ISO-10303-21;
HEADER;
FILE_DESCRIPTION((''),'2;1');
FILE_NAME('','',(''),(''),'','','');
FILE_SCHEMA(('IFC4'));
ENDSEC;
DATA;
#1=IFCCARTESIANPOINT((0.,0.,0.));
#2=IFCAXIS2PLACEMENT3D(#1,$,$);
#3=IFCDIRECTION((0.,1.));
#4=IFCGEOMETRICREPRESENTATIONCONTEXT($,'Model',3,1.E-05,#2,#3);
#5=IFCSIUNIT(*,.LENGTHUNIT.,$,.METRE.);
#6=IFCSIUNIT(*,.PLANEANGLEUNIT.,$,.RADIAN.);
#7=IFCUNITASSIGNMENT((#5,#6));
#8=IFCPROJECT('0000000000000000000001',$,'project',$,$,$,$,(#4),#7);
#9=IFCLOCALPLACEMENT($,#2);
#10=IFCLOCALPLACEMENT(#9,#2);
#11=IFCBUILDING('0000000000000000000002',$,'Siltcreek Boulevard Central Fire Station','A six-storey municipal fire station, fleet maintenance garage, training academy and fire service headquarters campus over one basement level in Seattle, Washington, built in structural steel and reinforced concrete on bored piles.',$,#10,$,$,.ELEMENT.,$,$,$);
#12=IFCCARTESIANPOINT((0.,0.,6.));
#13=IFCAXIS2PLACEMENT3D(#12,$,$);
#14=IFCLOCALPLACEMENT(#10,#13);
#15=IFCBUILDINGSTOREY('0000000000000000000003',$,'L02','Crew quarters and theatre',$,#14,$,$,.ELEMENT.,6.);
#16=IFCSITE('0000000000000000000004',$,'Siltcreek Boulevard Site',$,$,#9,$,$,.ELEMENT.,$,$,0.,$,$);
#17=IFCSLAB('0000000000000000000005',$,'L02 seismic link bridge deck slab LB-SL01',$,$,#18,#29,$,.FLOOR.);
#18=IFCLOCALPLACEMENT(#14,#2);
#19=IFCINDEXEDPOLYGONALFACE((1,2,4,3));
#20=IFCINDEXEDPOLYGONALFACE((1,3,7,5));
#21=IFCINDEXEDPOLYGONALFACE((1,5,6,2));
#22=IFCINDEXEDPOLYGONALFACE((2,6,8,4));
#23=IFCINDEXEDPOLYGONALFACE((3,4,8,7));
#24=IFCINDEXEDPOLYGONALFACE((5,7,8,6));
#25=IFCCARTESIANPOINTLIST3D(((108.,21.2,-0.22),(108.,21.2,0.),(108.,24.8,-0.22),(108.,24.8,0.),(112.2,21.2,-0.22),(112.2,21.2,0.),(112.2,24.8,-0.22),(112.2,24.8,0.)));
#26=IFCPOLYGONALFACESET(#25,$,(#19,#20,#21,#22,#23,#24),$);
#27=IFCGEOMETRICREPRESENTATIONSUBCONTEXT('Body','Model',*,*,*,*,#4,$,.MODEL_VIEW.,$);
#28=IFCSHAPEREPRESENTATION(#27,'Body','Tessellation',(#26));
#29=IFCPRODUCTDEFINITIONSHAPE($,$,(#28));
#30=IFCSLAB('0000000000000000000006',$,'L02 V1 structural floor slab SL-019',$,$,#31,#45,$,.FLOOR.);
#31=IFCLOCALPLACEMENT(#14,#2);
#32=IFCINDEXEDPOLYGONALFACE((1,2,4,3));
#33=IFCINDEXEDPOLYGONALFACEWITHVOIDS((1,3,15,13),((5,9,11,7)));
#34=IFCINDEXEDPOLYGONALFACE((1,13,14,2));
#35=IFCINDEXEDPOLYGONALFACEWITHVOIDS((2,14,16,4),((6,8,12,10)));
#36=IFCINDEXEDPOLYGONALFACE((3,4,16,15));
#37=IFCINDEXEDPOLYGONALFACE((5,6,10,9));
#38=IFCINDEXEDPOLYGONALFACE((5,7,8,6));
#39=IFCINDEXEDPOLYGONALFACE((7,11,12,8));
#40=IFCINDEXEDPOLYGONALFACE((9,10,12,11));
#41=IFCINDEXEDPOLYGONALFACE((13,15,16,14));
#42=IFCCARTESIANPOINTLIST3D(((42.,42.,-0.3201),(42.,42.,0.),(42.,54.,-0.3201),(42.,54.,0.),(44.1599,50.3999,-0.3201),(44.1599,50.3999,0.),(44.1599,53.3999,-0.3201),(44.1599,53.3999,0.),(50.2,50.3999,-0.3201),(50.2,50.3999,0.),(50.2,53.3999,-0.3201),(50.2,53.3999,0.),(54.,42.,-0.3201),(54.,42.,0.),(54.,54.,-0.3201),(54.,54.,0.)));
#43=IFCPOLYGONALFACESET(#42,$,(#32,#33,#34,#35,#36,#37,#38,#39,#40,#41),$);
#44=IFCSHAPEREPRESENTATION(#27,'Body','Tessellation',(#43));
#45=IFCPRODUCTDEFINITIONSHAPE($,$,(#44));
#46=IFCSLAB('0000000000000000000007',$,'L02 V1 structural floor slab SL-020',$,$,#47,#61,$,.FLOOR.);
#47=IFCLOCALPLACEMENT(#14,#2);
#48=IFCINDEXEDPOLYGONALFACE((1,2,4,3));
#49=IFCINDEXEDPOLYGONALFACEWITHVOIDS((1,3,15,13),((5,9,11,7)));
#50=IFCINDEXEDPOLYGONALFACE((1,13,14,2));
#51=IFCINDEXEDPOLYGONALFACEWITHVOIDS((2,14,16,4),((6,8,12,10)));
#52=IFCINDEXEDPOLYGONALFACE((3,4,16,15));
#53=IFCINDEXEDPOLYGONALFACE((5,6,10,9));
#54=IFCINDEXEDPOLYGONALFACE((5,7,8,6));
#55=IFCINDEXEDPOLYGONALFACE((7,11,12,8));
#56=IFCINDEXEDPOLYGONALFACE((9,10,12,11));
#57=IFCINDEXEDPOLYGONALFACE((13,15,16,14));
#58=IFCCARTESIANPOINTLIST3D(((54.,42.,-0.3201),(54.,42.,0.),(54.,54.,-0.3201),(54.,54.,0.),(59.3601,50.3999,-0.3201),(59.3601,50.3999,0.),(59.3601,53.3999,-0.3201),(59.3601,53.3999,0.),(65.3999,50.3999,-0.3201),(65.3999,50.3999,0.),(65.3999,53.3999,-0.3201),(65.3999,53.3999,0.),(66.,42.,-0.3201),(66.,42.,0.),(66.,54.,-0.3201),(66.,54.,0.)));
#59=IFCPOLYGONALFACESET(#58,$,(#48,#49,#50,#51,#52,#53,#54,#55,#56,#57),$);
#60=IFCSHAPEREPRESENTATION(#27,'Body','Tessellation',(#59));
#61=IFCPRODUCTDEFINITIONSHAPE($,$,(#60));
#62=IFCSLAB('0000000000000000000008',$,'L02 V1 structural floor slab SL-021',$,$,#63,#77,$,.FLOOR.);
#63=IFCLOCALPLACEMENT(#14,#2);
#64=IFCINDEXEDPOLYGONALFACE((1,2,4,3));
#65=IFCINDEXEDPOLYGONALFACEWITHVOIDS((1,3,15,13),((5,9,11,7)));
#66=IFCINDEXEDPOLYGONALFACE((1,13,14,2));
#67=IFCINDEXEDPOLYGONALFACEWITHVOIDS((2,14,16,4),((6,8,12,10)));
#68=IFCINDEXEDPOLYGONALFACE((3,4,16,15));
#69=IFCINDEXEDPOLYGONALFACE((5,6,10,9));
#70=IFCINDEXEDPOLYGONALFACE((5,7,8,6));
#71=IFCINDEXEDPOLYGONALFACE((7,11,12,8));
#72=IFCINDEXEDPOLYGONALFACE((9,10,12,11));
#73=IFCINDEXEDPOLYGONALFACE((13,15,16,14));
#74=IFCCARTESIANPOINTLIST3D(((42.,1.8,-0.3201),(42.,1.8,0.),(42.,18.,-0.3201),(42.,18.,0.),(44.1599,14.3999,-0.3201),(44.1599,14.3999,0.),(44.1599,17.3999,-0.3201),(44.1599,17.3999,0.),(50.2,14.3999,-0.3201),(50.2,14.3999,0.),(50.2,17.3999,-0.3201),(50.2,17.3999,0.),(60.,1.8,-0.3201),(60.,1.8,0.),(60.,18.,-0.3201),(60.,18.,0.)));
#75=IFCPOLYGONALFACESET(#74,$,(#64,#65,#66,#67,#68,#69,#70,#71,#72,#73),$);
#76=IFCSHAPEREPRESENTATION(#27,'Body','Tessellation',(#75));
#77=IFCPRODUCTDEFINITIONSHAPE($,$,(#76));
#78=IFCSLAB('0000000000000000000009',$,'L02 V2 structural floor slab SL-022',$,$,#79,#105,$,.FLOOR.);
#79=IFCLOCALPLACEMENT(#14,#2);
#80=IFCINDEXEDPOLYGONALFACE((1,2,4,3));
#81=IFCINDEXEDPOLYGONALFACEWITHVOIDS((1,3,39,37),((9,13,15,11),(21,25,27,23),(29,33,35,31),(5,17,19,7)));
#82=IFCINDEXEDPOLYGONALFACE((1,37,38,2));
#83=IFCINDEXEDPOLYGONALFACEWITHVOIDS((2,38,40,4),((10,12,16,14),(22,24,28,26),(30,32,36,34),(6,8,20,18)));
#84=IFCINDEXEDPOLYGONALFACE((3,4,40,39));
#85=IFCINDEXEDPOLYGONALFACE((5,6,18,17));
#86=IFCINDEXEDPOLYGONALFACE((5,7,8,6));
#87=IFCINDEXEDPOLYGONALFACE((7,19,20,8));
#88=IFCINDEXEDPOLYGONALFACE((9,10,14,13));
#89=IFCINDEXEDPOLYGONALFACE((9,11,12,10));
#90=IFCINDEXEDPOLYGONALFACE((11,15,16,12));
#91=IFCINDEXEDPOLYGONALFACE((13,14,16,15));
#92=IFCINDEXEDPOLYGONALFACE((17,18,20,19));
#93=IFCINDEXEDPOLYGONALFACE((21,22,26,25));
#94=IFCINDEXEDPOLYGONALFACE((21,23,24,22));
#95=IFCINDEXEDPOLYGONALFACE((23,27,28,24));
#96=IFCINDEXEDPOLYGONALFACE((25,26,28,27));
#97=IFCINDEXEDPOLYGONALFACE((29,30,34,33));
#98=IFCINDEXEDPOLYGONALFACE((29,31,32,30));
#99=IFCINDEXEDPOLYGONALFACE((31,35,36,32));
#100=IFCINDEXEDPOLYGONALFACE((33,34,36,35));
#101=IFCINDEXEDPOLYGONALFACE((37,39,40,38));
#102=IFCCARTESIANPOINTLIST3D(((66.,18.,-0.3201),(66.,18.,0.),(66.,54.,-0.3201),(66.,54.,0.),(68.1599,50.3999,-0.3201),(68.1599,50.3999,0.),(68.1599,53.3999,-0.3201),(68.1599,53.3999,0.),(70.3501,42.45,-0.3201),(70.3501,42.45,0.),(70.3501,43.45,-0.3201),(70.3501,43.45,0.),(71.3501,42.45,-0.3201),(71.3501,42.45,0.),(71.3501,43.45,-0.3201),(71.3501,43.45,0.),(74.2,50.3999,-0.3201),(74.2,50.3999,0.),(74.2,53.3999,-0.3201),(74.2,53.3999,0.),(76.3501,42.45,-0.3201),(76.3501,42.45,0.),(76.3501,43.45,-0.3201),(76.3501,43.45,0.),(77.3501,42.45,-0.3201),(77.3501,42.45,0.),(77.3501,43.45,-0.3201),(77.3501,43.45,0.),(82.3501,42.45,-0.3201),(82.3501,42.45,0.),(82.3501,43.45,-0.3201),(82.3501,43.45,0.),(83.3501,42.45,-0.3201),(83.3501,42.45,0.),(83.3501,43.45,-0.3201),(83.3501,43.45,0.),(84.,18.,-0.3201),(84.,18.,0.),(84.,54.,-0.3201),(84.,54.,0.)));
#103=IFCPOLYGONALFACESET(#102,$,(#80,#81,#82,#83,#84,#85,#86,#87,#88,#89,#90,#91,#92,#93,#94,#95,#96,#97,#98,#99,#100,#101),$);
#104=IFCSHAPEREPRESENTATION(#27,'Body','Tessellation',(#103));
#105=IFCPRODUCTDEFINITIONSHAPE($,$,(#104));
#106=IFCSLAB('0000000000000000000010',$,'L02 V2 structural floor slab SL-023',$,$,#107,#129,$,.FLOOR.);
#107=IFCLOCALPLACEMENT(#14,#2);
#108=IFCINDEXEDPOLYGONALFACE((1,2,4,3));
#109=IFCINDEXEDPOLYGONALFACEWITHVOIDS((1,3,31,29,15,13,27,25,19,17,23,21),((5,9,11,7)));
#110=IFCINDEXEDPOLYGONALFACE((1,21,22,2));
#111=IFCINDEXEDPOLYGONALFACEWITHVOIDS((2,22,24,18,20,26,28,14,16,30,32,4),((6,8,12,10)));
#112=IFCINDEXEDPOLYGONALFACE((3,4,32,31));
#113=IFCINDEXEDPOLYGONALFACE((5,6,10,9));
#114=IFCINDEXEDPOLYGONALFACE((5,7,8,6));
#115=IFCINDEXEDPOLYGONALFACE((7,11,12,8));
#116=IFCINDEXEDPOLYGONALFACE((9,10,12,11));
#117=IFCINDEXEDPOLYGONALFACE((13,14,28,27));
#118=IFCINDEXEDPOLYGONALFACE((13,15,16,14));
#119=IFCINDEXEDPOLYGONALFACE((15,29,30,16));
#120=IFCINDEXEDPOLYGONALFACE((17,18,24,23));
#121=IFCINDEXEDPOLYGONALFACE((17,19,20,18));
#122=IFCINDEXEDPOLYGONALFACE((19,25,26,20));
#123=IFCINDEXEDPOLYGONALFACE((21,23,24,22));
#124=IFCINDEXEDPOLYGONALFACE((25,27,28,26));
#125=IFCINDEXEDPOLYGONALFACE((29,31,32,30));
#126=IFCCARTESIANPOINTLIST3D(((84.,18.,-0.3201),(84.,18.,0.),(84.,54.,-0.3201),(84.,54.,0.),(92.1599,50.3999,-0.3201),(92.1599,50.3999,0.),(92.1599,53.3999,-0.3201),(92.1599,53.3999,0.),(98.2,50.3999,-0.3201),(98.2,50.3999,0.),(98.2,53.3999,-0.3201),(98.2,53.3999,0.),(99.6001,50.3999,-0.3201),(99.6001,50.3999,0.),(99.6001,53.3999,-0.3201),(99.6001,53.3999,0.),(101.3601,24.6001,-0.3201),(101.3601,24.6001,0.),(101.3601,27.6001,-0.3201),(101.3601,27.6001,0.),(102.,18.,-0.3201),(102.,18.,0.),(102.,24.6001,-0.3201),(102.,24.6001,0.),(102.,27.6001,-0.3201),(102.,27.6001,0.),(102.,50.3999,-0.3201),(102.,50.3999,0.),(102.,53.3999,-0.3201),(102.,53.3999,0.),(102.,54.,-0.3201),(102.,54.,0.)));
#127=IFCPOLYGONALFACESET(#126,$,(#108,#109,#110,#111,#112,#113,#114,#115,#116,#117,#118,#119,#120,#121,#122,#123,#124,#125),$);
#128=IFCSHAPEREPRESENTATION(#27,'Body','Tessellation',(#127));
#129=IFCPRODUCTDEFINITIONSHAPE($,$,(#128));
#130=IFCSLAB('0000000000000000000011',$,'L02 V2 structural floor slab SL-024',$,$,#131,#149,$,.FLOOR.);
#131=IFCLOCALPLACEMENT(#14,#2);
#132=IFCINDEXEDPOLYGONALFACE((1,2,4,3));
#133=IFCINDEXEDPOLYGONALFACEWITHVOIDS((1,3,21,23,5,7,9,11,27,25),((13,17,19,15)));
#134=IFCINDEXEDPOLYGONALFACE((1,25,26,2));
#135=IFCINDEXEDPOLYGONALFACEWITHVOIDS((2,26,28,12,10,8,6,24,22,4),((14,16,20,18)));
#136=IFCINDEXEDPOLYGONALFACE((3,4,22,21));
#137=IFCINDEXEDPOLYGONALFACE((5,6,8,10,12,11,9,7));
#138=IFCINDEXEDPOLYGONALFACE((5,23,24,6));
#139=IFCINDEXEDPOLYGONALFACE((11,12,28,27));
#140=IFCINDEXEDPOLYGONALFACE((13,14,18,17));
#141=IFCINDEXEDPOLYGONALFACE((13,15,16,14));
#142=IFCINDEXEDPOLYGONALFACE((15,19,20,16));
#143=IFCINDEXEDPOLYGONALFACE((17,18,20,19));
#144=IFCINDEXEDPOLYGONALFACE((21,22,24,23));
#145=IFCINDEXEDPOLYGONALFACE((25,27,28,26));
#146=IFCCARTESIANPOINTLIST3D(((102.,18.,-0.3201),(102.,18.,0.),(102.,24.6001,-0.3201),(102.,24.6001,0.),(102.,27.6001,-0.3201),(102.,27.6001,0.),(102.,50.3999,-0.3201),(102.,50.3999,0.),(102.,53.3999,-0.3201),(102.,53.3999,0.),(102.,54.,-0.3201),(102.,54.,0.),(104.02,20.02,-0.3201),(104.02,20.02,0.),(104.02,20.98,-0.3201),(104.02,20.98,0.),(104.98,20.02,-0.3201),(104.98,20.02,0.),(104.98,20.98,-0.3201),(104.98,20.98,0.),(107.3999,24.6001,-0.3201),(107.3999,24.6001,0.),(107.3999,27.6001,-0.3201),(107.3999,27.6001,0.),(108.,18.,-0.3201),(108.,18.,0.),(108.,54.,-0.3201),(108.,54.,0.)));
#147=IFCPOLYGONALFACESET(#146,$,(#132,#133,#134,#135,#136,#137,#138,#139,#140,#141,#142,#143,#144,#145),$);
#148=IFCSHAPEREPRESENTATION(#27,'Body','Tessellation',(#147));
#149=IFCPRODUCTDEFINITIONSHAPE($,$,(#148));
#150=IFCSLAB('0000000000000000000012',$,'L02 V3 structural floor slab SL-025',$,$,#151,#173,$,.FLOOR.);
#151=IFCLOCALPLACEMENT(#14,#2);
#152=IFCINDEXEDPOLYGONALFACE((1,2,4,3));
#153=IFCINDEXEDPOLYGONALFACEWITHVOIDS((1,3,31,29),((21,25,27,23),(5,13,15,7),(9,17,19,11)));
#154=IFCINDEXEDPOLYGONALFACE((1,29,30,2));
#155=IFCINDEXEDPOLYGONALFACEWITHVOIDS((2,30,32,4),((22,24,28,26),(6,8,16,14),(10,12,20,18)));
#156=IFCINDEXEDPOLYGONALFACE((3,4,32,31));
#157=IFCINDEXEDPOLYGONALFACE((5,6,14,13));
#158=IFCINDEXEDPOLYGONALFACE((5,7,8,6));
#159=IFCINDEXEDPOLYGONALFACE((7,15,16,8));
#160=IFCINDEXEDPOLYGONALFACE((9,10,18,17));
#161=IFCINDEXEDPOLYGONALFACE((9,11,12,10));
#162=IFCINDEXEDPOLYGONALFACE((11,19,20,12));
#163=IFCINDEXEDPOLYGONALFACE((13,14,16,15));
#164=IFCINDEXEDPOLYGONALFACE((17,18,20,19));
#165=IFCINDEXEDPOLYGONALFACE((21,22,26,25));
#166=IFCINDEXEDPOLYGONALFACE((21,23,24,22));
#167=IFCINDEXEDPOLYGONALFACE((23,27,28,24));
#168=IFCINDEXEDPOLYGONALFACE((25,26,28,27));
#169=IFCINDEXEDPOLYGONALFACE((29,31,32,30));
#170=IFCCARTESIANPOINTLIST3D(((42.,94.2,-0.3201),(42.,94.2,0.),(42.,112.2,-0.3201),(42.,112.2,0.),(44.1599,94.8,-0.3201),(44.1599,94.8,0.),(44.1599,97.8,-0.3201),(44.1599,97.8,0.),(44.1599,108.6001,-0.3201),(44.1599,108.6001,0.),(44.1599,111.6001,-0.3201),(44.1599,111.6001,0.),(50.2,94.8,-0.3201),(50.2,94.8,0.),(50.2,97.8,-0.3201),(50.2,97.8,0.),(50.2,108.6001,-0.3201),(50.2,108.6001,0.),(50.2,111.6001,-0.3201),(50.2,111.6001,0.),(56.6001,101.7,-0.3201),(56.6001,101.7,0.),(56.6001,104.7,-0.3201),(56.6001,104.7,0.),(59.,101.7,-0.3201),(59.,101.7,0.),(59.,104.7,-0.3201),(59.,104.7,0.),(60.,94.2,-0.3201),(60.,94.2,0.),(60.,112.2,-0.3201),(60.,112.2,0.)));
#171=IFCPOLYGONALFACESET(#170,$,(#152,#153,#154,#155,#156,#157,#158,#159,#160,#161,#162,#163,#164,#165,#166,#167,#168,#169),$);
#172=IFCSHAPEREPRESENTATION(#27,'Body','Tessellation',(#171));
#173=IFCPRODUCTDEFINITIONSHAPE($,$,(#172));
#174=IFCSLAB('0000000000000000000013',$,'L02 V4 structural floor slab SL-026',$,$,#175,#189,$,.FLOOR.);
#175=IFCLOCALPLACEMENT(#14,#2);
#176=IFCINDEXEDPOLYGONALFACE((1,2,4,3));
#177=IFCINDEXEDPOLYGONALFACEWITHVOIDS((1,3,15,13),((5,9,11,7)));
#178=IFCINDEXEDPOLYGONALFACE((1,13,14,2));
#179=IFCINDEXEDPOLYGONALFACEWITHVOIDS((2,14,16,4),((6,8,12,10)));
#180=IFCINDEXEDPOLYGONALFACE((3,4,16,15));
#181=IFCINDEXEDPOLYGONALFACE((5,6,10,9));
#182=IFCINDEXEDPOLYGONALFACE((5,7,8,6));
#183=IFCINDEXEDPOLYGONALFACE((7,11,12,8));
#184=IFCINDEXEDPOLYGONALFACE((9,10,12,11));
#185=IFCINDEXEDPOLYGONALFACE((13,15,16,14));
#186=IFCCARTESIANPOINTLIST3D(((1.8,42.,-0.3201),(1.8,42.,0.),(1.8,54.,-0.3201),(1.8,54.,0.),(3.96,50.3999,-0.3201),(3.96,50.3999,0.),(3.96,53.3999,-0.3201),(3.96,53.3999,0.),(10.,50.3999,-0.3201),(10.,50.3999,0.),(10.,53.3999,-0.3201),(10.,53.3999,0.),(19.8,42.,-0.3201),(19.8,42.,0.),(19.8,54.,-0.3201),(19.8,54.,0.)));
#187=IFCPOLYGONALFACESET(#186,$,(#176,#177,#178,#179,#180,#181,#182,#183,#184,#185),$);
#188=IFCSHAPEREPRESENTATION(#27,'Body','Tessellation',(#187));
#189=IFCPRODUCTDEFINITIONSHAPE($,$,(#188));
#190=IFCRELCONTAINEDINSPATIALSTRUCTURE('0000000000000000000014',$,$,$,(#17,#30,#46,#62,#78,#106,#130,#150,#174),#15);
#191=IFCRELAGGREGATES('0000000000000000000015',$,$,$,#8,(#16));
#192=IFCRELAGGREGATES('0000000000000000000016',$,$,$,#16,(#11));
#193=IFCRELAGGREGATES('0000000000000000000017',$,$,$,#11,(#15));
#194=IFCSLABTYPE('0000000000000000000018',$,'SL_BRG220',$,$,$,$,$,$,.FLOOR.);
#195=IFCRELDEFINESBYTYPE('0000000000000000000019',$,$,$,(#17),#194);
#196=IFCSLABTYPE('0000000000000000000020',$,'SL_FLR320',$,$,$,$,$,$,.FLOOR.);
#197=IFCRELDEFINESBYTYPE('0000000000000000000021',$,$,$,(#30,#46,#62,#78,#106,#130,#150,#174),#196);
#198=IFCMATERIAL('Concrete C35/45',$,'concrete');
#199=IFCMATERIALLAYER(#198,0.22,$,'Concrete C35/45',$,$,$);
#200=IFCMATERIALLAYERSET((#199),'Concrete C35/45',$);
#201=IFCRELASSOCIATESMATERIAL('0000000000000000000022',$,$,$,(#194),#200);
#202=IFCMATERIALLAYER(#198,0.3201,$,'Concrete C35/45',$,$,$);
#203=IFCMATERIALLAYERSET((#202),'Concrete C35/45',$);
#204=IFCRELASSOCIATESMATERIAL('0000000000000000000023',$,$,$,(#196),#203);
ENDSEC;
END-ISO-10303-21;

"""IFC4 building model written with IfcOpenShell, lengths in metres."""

from ifc_helpers import new_model, si_unit, direction, frame, origin, place, context, subcontext, project, spatial, polyline, outline, extrude, material, layer, layer_set, type_object, element, save


model = new_model("IFC4")

# Units and contexts
model_context = context("Model", 3, precision=1e-05, world=origin(), true_north=direction((0.0, 1.0)))
body_context = subcontext(model_context, "Body", "Model", "MODEL_VIEW")
ifc_project = project(units=[si_unit("LENGTHUNIT", "METRE"), si_unit("PLANEANGLEUNIT", "RADIAN")], contexts=[model_context])

# Site, building, storey
site_placement = place(None, origin())
site = spatial("IfcSite", under=ifc_project, at=site_placement, Name="Siltcreek Boulevard Site", CompositionType="ELEMENT", RefElevation=0.0)
building_placement = place(site_placement, origin())
building = spatial("IfcBuilding", under=site, at=building_placement, Name="Siltcreek Boulevard Central Fire Station", Description="A six-storey municipal fire station, fleet maintenance garage, training academy and fire service headquarters campus over one basement level in Seattle, Washington, built in structural steel and reinforced concrete on bored piles.", CompositionType="ELEMENT")
storey_placement = place(building_placement, frame((0.0, 0.0, 6.0)))
storey = spatial("IfcBuildingStorey", under=building, at=storey_placement, Name="L02", Description="Crew quarters and theatre", CompositionType="ELEMENT", Elevation=6.0)

# Slabs
ifc_material_1 = material(Name="Concrete C35/45", Category="concrete")
ifc_layer_1 = layer(ifc_material_1, 0.22, Name="Concrete C35/45")
ifc_layer_set_1 = layer_set([ifc_layer_1], Name="Concrete C35/45")
slab_type_1 = type_object("IfcSlabType", Name="SL_BRG220", PredefinedType="FLOOR", material=ifc_layer_set_1)
slab_1_placement = place(storey_placement, frame((0.0, 0.0, -0.22)))
element("IfcSlab", 1, at=slab_1_placement, inside=storey, type_object=slab_type_1, Name="L02 seismic link bridge deck slab LB-SL01", PredefinedType="FLOOR", context=body_context, shape_type="SweptSolid", body=[
    extrude(outline(polyline([(108.0, 21.2), (112.2, 21.2), (112.2, 24.8), (108.0, 24.8), (108.0, 21.2)])), origin(), (0.0, 0.0, 1.0), 0.22),
])
ifc_layer_2 = layer(ifc_material_1, 0.3201, Name="Concrete C35/45")
ifc_layer_set_2 = layer_set([ifc_layer_2], Name="Concrete C35/45")
slab_type_2 = type_object("IfcSlabType", Name="SL_FLR320", PredefinedType="FLOOR", material=ifc_layer_set_2)
slab_2_placement = place(storey_placement, frame((0.0, 0.0, -0.3201)))
element("IfcSlab", 2, at=slab_2_placement, inside=storey, type_object=slab_type_2, Name="L02 V1 structural floor slab SL-019", PredefinedType="FLOOR", context=body_context, shape_type="SweptSolid", body=[
    extrude(outline(polyline([(42.0, 54.0), (54.0, 54.0), (54.0, 42.0), (42.0, 42.0), (42.0, 54.0)]), holes=[polyline([(50.2, 50.3999), (50.2, 53.3999), (44.1599, 53.3999), (44.1599, 50.3999), (50.2, 50.3999)])]), origin(), (0.0, 0.0, 1.0), 0.3201),
])
slab_3_placement = place(storey_placement, frame((0.0, 0.0, -0.3201)))
element("IfcSlab", 3, at=slab_3_placement, inside=storey, type_object=slab_type_2, Name="L02 V1 structural floor slab SL-020", PredefinedType="FLOOR", context=body_context, shape_type="SweptSolid", body=[
    extrude(outline(polyline([(54.0, 54.0), (66.0, 54.0), (66.0, 42.0), (54.0, 42.0), (54.0, 54.0)]), holes=[polyline([(59.3601, 50.3999), (65.3999, 50.3999), (65.3999, 53.3999), (59.3601, 53.3999), (59.3601, 50.3999)])]), origin(), (0.0, 0.0, 1.0), 0.3201),
])
slab_4_placement = place(storey_placement, frame((0.0, 0.0, -0.3201)))
element("IfcSlab", 4, at=slab_4_placement, inside=storey, type_object=slab_type_2, Name="L02 V1 structural floor slab SL-021", PredefinedType="FLOOR", context=body_context, shape_type="SweptSolid", body=[
    extrude(outline(polyline([(42.0, 18.0), (60.0, 18.0), (60.0, 1.8), (42.0, 1.8), (42.0, 18.0)]), holes=[polyline([(50.2, 14.3999), (50.2, 17.3999), (44.1599, 17.3999), (44.1599, 14.3999), (50.2, 14.3999)])]), origin(), (0.0, 0.0, 1.0), 0.3201),
])
slab_5_placement = place(storey_placement, frame((0.0, 0.0, -0.3201)))
element("IfcSlab", 5, at=slab_5_placement, inside=storey, type_object=slab_type_2, Name="L02 V2 structural floor slab SL-022", PredefinedType="FLOOR", context=body_context, shape_type="SweptSolid", body=[
    extrude(outline(polyline([(66.0, 54.0), (84.0, 54.0), (84.0, 18.0), (66.0, 18.0), (66.0, 54.0)]), holes=[polyline([(71.3501, 42.45), (71.3501, 43.45), (70.3501, 43.45), (70.3501, 42.45), (71.3501, 42.45)]), polyline([(77.3501, 42.45), (77.3501, 43.45), (76.3501, 43.45), (76.3501, 42.45), (77.3501, 42.45)]), polyline([(68.1599, 50.3999), (74.2, 50.3999), (74.2, 53.3999), (68.1599, 53.3999), (68.1599, 50.3999)]), polyline([(82.3501, 42.45), (83.3501, 42.45), (83.3501, 43.45), (82.3501, 43.45), (82.3501, 42.45)])]), origin(), (0.0, 0.0, 1.0), 0.3201),
])
slab_6_placement = place(storey_placement, frame((0.0, 0.0, -0.3201)))
element("IfcSlab", 6, at=slab_6_placement, inside=storey, type_object=slab_type_2, Name="L02 V2 structural floor slab SL-023", PredefinedType="FLOOR", context=body_context, shape_type="SweptSolid", body=[
    extrude(outline(polyline([(102.0, 18.0), (84.0, 18.0), (84.0, 54.0), (102.0, 54.0), (102.0, 53.3999), (99.6001, 53.3999), (99.6001, 50.3999), (102.0, 50.3999), (102.0, 27.6001), (101.3601, 27.6001), (101.3601, 24.6001), (102.0, 24.6001), (102.0, 18.0)]), holes=[polyline([(98.2, 50.3999), (98.2, 53.3999), (92.1599, 53.3999), (92.1599, 50.3999), (98.2, 50.3999)])]), origin(), (0.0, 0.0, 1.0), 0.3201),
])
slab_7_placement = place(storey_placement, frame((0.0, 0.0, -0.3201)))
element("IfcSlab", 7, at=slab_7_placement, inside=storey, type_object=slab_type_2, Name="L02 V2 structural floor slab SL-024", PredefinedType="FLOOR", context=body_context, shape_type="SweptSolid", body=[
    extrude(outline(polyline([(108.0, 54.0), (108.0, 18.0), (102.0, 18.0), (102.0, 24.6001), (107.3999, 24.6001), (107.3999, 27.6001), (102.0, 27.6001), (102.0, 50.3999), (102.0, 53.3999), (102.0, 54.0), (108.0, 54.0)]), holes=[polyline([(104.98, 20.98), (104.02, 20.98), (104.02, 20.02), (104.98, 20.02), (104.98, 20.98)])]), origin(), (0.0, 0.0, 1.0), 0.3201),
])
slab_8_placement = place(storey_placement, frame((0.0, 0.0, -0.3201)))
element("IfcSlab", 8, at=slab_8_placement, inside=storey, type_object=slab_type_2, Name="L02 V3 structural floor slab SL-025", PredefinedType="FLOOR", context=body_context, shape_type="SweptSolid", body=[
    extrude(outline(polyline([(42.0, 112.2), (60.0, 112.2), (60.0, 94.2), (42.0, 94.2), (42.0, 112.2)]), holes=[polyline([(50.2, 94.8), (50.2, 97.8), (44.1599, 97.8), (44.1599, 94.8), (50.2, 94.8)]), polyline([(56.6001, 101.7), (59.0, 101.7), (59.0, 104.7), (56.6001, 104.7), (56.6001, 101.7)]), polyline([(44.1599, 108.6001), (50.2, 108.6001), (50.2, 111.6001), (44.1599, 111.6001), (44.1599, 108.6001)])]), origin(), (0.0, 0.0, 1.0), 0.3201),
])
slab_9_placement = place(storey_placement, frame((0.0, 0.0, -0.3201)))
element("IfcSlab", 9, at=slab_9_placement, inside=storey, type_object=slab_type_2, Name="L02 V4 structural floor slab SL-026", PredefinedType="FLOOR", context=body_context, shape_type="SweptSolid", body=[
    extrude(outline(polyline([(1.8, 54.0), (19.8, 54.0), (19.8, 42.0), (1.8, 42.0), (1.8, 54.0)]), holes=[polyline([(3.96, 50.3999), (10.0, 50.3999), (10.0, 53.3999), (3.96, 53.3999), (3.96, 50.3999)])]), origin(), (0.0, 0.0, 1.0), 0.3201),
])

save(model, "model.ifc")
